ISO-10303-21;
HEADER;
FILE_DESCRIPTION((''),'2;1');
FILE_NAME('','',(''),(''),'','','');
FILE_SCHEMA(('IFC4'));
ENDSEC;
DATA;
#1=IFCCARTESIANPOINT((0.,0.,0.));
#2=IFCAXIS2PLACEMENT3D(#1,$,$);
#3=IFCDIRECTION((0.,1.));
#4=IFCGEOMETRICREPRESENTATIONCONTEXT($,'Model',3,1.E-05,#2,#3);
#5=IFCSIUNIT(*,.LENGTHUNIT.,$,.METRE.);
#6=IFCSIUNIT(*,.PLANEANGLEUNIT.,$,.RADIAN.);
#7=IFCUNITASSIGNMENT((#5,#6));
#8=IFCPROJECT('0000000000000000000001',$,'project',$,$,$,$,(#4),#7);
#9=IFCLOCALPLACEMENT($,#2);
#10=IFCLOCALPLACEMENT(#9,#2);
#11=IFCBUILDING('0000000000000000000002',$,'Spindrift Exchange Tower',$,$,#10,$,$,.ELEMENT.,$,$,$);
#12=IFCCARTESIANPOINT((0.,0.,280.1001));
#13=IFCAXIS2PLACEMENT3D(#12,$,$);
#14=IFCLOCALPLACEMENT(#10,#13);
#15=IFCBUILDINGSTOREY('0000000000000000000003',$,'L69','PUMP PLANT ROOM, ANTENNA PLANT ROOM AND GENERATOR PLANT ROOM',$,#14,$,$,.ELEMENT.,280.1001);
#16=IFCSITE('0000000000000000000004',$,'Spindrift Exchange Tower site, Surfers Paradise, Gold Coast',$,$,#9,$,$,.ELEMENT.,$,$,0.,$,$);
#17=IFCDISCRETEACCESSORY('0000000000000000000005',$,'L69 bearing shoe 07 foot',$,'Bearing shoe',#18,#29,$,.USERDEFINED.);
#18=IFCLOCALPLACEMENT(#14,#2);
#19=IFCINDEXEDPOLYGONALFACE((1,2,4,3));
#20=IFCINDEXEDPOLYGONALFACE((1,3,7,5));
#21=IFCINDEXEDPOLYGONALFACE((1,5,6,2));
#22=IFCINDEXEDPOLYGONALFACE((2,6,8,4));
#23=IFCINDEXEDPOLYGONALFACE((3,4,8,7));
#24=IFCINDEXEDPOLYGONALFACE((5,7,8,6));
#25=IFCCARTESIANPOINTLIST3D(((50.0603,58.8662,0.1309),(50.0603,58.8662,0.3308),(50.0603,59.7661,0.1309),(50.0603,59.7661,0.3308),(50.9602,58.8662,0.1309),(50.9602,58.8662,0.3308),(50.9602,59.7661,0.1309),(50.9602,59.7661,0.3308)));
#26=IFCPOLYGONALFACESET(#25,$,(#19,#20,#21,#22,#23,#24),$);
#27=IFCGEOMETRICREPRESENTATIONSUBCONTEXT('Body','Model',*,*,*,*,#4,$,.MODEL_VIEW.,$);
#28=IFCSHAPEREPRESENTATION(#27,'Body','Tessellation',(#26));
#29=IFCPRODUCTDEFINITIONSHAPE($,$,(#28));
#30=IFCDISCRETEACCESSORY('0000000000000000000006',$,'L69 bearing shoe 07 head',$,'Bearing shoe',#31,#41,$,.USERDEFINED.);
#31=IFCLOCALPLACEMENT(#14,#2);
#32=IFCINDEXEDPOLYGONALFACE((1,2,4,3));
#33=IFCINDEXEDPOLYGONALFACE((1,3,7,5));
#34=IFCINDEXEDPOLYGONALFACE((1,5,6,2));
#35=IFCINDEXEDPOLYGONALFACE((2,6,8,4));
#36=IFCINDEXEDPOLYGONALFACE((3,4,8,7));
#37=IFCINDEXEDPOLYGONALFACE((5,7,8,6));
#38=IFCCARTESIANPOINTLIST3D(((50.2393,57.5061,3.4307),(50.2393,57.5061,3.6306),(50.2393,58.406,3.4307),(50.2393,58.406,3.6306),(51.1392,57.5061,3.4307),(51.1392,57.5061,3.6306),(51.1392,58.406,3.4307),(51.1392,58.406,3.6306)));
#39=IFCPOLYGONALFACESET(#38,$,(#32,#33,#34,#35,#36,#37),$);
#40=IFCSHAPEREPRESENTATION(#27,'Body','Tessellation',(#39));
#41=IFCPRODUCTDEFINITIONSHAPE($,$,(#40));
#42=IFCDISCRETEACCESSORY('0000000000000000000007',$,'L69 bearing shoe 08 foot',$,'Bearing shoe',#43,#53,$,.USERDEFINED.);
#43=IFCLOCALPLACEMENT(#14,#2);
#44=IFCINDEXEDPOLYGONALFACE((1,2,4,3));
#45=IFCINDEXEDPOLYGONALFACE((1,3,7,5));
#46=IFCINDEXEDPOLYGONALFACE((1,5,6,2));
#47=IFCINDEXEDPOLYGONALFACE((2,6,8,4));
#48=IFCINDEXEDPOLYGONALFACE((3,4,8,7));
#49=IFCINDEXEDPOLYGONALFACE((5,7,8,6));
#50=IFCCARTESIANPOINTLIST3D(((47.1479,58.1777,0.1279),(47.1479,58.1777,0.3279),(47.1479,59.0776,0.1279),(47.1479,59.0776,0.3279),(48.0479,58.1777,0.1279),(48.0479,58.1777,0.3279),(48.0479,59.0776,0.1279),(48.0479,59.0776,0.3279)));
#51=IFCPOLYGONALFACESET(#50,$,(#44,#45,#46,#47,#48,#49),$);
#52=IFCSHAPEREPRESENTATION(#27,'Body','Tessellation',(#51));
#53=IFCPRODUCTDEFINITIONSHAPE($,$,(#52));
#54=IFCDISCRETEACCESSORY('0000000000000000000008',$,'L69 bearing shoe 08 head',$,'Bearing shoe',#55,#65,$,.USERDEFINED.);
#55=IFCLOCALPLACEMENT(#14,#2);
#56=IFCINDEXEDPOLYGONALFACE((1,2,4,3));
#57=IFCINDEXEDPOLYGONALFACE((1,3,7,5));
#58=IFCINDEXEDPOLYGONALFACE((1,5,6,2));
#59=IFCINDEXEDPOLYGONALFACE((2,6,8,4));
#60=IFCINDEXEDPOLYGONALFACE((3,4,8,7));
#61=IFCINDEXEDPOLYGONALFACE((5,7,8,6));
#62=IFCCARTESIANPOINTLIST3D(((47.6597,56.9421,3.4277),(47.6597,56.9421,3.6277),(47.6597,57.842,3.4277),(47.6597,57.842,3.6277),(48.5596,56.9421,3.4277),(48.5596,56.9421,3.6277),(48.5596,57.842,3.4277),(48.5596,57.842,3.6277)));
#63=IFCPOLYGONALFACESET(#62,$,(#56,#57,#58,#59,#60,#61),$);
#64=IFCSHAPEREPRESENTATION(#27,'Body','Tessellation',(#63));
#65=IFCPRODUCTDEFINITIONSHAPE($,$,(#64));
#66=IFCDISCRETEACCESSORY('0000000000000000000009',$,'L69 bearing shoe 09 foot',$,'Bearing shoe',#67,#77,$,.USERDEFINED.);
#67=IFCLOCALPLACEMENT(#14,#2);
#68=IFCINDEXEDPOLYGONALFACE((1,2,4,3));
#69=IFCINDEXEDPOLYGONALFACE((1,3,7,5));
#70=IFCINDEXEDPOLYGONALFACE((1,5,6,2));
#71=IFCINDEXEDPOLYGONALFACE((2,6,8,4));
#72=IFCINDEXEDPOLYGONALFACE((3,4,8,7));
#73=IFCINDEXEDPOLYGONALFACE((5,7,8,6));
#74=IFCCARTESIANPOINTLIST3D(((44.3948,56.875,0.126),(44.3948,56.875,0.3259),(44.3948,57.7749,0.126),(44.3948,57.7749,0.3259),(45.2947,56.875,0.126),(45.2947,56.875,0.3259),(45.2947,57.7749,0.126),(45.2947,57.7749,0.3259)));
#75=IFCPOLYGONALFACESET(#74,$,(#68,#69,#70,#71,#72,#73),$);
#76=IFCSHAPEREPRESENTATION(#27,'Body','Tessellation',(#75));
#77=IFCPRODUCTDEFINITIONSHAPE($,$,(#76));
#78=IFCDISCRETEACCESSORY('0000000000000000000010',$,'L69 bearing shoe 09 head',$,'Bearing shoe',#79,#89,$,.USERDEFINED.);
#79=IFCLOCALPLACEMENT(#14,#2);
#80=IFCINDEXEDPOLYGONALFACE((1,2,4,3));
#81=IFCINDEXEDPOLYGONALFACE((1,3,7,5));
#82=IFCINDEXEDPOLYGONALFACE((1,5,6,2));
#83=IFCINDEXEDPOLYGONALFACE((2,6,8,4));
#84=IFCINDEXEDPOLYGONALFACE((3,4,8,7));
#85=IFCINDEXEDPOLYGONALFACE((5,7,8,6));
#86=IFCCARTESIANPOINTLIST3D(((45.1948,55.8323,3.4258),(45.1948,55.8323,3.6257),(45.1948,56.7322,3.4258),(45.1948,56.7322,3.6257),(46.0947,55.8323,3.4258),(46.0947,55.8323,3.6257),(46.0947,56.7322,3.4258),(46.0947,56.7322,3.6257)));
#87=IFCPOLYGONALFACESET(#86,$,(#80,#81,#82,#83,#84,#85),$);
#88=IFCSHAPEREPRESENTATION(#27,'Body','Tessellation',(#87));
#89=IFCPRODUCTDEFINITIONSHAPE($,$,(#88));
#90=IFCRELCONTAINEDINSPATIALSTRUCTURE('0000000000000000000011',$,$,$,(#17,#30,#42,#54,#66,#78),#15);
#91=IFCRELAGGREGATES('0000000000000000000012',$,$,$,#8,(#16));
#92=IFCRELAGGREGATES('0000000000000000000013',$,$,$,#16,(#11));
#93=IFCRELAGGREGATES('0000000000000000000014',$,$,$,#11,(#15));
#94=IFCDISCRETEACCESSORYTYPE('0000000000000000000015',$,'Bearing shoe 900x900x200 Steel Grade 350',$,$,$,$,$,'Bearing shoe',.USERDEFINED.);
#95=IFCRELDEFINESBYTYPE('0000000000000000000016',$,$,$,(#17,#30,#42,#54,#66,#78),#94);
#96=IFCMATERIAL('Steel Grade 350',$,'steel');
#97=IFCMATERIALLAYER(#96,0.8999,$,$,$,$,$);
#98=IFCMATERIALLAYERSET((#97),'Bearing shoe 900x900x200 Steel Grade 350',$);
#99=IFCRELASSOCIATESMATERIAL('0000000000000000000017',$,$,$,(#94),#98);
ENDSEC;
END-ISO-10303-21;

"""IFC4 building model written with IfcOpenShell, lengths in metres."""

from ifc_helpers import new_model, si_unit, direction, frame, origin, origin_2d, place, context, subcontext, project, spatial, rectangle, extrude, source, transform, mapped, material, layer, layer_set, type_object, element, save


model = new_model("IFC4")

# Units and contexts
model_context = context("Model", 3, precision=1e-05, world=origin(), true_north=direction((0.0, 1.0)))
body_context = subcontext(model_context, "Body", "Model", "MODEL_VIEW")
ifc_project = project(units=[si_unit("LENGTHUNIT", "METRE"), si_unit("PLANEANGLEUNIT", "RADIAN")], contexts=[model_context])

# Site, building, storey
site_placement = place(None, origin())
site = spatial("IfcSite", under=ifc_project, at=site_placement, Name="Spindrift Exchange Tower site, Surfers Paradise, Gold Coast", CompositionType="ELEMENT", RefElevation=0.0)
building_placement = place(site_placement, origin())
building = spatial("IfcBuilding", under=site, at=building_placement, Name="Spindrift Exchange Tower", CompositionType="ELEMENT")
storey_placement = place(building_placement, frame((0.0, 0.0, 280.1001)))
storey = spatial("IfcBuildingStorey", under=building, at=storey_placement, Name="L69", Description="PUMP PLANT ROOM, ANTENNA PLANT ROOM AND GENERATOR PLANT ROOM", CompositionType="ELEMENT", Elevation=280.1001)

# Discrete accessories
ifc_material_1 = material(Name="Steel Grade 350", Category="steel")
ifc_layer_1 = layer(ifc_material_1, 0.8999)
ifc_layer_set_1 = layer_set([ifc_layer_1], Name="Bearing shoe 900x900x200 Steel Grade 350")
discrete_accessory_type = type_object("IfcDiscreteAccessoryType", Name="Bearing shoe 900x900x200 Steel Grade 350", ElementType="Bearing shoe", PredefinedType="USERDEFINED", material=ifc_layer_set_1)
shared_shape_1 = source(origin(), body_context, "Body", "SweptSolid", [
    extrude(rectangle(XDim=0.8999, YDim=0.8999, at=origin_2d()), origin(), (0.0, 0.0, 1.0), 0.2),
])
for number, where, z_axis, x_axis, name in (
    (1, (50.5103, 59.3162, 0.1309), (0.0, 0.0, 1.0), (1.0, 0.0, 0.0), "L69 bearing shoe 07 foot"),
    (2, (50.6892, 57.9561, 3.4307), (0.0, 0.0, 1.0), (1.0, 0.0, 0.0), "L69 bearing shoe 07 head"),
    (3, (47.5979, 58.6277, 0.1279), (0.0, 0.0, 1.0), (1.0, 0.0, 0.0), "L69 bearing shoe 08 foot"),
    (4, (48.1096, 57.3921, 3.4277), (0.0, 0.0, 1.0), (1.0, 0.0, 0.0), "L69 bearing shoe 08 head"),
    (5, (44.8447, 57.325, 0.126), (0.0, 0.0, 1.0), (1.0, 0.0, 0.0), "L69 bearing shoe 09 foot"),
    (6, (45.6448, 56.2822, 3.4258), (0.0, 0.0, 1.0), (1.0, 0.0, 0.0), "L69 bearing shoe 09 head"),
):
    element("IfcDiscreteAccessory", number, at=place(storey_placement, frame(where, z_axis=z_axis, x_axis=x_axis)), inside=storey, type_object=discrete_accessory_type, Name=name, ObjectType="Bearing shoe", PredefinedType="USERDEFINED", context=body_context, shape_type="MappedRepresentation", body=[
        mapped(shared_shape_1, transform((0.0, 0.0, 0.0), scale=1.0)),
    ])

save(model, "model.ifc")
